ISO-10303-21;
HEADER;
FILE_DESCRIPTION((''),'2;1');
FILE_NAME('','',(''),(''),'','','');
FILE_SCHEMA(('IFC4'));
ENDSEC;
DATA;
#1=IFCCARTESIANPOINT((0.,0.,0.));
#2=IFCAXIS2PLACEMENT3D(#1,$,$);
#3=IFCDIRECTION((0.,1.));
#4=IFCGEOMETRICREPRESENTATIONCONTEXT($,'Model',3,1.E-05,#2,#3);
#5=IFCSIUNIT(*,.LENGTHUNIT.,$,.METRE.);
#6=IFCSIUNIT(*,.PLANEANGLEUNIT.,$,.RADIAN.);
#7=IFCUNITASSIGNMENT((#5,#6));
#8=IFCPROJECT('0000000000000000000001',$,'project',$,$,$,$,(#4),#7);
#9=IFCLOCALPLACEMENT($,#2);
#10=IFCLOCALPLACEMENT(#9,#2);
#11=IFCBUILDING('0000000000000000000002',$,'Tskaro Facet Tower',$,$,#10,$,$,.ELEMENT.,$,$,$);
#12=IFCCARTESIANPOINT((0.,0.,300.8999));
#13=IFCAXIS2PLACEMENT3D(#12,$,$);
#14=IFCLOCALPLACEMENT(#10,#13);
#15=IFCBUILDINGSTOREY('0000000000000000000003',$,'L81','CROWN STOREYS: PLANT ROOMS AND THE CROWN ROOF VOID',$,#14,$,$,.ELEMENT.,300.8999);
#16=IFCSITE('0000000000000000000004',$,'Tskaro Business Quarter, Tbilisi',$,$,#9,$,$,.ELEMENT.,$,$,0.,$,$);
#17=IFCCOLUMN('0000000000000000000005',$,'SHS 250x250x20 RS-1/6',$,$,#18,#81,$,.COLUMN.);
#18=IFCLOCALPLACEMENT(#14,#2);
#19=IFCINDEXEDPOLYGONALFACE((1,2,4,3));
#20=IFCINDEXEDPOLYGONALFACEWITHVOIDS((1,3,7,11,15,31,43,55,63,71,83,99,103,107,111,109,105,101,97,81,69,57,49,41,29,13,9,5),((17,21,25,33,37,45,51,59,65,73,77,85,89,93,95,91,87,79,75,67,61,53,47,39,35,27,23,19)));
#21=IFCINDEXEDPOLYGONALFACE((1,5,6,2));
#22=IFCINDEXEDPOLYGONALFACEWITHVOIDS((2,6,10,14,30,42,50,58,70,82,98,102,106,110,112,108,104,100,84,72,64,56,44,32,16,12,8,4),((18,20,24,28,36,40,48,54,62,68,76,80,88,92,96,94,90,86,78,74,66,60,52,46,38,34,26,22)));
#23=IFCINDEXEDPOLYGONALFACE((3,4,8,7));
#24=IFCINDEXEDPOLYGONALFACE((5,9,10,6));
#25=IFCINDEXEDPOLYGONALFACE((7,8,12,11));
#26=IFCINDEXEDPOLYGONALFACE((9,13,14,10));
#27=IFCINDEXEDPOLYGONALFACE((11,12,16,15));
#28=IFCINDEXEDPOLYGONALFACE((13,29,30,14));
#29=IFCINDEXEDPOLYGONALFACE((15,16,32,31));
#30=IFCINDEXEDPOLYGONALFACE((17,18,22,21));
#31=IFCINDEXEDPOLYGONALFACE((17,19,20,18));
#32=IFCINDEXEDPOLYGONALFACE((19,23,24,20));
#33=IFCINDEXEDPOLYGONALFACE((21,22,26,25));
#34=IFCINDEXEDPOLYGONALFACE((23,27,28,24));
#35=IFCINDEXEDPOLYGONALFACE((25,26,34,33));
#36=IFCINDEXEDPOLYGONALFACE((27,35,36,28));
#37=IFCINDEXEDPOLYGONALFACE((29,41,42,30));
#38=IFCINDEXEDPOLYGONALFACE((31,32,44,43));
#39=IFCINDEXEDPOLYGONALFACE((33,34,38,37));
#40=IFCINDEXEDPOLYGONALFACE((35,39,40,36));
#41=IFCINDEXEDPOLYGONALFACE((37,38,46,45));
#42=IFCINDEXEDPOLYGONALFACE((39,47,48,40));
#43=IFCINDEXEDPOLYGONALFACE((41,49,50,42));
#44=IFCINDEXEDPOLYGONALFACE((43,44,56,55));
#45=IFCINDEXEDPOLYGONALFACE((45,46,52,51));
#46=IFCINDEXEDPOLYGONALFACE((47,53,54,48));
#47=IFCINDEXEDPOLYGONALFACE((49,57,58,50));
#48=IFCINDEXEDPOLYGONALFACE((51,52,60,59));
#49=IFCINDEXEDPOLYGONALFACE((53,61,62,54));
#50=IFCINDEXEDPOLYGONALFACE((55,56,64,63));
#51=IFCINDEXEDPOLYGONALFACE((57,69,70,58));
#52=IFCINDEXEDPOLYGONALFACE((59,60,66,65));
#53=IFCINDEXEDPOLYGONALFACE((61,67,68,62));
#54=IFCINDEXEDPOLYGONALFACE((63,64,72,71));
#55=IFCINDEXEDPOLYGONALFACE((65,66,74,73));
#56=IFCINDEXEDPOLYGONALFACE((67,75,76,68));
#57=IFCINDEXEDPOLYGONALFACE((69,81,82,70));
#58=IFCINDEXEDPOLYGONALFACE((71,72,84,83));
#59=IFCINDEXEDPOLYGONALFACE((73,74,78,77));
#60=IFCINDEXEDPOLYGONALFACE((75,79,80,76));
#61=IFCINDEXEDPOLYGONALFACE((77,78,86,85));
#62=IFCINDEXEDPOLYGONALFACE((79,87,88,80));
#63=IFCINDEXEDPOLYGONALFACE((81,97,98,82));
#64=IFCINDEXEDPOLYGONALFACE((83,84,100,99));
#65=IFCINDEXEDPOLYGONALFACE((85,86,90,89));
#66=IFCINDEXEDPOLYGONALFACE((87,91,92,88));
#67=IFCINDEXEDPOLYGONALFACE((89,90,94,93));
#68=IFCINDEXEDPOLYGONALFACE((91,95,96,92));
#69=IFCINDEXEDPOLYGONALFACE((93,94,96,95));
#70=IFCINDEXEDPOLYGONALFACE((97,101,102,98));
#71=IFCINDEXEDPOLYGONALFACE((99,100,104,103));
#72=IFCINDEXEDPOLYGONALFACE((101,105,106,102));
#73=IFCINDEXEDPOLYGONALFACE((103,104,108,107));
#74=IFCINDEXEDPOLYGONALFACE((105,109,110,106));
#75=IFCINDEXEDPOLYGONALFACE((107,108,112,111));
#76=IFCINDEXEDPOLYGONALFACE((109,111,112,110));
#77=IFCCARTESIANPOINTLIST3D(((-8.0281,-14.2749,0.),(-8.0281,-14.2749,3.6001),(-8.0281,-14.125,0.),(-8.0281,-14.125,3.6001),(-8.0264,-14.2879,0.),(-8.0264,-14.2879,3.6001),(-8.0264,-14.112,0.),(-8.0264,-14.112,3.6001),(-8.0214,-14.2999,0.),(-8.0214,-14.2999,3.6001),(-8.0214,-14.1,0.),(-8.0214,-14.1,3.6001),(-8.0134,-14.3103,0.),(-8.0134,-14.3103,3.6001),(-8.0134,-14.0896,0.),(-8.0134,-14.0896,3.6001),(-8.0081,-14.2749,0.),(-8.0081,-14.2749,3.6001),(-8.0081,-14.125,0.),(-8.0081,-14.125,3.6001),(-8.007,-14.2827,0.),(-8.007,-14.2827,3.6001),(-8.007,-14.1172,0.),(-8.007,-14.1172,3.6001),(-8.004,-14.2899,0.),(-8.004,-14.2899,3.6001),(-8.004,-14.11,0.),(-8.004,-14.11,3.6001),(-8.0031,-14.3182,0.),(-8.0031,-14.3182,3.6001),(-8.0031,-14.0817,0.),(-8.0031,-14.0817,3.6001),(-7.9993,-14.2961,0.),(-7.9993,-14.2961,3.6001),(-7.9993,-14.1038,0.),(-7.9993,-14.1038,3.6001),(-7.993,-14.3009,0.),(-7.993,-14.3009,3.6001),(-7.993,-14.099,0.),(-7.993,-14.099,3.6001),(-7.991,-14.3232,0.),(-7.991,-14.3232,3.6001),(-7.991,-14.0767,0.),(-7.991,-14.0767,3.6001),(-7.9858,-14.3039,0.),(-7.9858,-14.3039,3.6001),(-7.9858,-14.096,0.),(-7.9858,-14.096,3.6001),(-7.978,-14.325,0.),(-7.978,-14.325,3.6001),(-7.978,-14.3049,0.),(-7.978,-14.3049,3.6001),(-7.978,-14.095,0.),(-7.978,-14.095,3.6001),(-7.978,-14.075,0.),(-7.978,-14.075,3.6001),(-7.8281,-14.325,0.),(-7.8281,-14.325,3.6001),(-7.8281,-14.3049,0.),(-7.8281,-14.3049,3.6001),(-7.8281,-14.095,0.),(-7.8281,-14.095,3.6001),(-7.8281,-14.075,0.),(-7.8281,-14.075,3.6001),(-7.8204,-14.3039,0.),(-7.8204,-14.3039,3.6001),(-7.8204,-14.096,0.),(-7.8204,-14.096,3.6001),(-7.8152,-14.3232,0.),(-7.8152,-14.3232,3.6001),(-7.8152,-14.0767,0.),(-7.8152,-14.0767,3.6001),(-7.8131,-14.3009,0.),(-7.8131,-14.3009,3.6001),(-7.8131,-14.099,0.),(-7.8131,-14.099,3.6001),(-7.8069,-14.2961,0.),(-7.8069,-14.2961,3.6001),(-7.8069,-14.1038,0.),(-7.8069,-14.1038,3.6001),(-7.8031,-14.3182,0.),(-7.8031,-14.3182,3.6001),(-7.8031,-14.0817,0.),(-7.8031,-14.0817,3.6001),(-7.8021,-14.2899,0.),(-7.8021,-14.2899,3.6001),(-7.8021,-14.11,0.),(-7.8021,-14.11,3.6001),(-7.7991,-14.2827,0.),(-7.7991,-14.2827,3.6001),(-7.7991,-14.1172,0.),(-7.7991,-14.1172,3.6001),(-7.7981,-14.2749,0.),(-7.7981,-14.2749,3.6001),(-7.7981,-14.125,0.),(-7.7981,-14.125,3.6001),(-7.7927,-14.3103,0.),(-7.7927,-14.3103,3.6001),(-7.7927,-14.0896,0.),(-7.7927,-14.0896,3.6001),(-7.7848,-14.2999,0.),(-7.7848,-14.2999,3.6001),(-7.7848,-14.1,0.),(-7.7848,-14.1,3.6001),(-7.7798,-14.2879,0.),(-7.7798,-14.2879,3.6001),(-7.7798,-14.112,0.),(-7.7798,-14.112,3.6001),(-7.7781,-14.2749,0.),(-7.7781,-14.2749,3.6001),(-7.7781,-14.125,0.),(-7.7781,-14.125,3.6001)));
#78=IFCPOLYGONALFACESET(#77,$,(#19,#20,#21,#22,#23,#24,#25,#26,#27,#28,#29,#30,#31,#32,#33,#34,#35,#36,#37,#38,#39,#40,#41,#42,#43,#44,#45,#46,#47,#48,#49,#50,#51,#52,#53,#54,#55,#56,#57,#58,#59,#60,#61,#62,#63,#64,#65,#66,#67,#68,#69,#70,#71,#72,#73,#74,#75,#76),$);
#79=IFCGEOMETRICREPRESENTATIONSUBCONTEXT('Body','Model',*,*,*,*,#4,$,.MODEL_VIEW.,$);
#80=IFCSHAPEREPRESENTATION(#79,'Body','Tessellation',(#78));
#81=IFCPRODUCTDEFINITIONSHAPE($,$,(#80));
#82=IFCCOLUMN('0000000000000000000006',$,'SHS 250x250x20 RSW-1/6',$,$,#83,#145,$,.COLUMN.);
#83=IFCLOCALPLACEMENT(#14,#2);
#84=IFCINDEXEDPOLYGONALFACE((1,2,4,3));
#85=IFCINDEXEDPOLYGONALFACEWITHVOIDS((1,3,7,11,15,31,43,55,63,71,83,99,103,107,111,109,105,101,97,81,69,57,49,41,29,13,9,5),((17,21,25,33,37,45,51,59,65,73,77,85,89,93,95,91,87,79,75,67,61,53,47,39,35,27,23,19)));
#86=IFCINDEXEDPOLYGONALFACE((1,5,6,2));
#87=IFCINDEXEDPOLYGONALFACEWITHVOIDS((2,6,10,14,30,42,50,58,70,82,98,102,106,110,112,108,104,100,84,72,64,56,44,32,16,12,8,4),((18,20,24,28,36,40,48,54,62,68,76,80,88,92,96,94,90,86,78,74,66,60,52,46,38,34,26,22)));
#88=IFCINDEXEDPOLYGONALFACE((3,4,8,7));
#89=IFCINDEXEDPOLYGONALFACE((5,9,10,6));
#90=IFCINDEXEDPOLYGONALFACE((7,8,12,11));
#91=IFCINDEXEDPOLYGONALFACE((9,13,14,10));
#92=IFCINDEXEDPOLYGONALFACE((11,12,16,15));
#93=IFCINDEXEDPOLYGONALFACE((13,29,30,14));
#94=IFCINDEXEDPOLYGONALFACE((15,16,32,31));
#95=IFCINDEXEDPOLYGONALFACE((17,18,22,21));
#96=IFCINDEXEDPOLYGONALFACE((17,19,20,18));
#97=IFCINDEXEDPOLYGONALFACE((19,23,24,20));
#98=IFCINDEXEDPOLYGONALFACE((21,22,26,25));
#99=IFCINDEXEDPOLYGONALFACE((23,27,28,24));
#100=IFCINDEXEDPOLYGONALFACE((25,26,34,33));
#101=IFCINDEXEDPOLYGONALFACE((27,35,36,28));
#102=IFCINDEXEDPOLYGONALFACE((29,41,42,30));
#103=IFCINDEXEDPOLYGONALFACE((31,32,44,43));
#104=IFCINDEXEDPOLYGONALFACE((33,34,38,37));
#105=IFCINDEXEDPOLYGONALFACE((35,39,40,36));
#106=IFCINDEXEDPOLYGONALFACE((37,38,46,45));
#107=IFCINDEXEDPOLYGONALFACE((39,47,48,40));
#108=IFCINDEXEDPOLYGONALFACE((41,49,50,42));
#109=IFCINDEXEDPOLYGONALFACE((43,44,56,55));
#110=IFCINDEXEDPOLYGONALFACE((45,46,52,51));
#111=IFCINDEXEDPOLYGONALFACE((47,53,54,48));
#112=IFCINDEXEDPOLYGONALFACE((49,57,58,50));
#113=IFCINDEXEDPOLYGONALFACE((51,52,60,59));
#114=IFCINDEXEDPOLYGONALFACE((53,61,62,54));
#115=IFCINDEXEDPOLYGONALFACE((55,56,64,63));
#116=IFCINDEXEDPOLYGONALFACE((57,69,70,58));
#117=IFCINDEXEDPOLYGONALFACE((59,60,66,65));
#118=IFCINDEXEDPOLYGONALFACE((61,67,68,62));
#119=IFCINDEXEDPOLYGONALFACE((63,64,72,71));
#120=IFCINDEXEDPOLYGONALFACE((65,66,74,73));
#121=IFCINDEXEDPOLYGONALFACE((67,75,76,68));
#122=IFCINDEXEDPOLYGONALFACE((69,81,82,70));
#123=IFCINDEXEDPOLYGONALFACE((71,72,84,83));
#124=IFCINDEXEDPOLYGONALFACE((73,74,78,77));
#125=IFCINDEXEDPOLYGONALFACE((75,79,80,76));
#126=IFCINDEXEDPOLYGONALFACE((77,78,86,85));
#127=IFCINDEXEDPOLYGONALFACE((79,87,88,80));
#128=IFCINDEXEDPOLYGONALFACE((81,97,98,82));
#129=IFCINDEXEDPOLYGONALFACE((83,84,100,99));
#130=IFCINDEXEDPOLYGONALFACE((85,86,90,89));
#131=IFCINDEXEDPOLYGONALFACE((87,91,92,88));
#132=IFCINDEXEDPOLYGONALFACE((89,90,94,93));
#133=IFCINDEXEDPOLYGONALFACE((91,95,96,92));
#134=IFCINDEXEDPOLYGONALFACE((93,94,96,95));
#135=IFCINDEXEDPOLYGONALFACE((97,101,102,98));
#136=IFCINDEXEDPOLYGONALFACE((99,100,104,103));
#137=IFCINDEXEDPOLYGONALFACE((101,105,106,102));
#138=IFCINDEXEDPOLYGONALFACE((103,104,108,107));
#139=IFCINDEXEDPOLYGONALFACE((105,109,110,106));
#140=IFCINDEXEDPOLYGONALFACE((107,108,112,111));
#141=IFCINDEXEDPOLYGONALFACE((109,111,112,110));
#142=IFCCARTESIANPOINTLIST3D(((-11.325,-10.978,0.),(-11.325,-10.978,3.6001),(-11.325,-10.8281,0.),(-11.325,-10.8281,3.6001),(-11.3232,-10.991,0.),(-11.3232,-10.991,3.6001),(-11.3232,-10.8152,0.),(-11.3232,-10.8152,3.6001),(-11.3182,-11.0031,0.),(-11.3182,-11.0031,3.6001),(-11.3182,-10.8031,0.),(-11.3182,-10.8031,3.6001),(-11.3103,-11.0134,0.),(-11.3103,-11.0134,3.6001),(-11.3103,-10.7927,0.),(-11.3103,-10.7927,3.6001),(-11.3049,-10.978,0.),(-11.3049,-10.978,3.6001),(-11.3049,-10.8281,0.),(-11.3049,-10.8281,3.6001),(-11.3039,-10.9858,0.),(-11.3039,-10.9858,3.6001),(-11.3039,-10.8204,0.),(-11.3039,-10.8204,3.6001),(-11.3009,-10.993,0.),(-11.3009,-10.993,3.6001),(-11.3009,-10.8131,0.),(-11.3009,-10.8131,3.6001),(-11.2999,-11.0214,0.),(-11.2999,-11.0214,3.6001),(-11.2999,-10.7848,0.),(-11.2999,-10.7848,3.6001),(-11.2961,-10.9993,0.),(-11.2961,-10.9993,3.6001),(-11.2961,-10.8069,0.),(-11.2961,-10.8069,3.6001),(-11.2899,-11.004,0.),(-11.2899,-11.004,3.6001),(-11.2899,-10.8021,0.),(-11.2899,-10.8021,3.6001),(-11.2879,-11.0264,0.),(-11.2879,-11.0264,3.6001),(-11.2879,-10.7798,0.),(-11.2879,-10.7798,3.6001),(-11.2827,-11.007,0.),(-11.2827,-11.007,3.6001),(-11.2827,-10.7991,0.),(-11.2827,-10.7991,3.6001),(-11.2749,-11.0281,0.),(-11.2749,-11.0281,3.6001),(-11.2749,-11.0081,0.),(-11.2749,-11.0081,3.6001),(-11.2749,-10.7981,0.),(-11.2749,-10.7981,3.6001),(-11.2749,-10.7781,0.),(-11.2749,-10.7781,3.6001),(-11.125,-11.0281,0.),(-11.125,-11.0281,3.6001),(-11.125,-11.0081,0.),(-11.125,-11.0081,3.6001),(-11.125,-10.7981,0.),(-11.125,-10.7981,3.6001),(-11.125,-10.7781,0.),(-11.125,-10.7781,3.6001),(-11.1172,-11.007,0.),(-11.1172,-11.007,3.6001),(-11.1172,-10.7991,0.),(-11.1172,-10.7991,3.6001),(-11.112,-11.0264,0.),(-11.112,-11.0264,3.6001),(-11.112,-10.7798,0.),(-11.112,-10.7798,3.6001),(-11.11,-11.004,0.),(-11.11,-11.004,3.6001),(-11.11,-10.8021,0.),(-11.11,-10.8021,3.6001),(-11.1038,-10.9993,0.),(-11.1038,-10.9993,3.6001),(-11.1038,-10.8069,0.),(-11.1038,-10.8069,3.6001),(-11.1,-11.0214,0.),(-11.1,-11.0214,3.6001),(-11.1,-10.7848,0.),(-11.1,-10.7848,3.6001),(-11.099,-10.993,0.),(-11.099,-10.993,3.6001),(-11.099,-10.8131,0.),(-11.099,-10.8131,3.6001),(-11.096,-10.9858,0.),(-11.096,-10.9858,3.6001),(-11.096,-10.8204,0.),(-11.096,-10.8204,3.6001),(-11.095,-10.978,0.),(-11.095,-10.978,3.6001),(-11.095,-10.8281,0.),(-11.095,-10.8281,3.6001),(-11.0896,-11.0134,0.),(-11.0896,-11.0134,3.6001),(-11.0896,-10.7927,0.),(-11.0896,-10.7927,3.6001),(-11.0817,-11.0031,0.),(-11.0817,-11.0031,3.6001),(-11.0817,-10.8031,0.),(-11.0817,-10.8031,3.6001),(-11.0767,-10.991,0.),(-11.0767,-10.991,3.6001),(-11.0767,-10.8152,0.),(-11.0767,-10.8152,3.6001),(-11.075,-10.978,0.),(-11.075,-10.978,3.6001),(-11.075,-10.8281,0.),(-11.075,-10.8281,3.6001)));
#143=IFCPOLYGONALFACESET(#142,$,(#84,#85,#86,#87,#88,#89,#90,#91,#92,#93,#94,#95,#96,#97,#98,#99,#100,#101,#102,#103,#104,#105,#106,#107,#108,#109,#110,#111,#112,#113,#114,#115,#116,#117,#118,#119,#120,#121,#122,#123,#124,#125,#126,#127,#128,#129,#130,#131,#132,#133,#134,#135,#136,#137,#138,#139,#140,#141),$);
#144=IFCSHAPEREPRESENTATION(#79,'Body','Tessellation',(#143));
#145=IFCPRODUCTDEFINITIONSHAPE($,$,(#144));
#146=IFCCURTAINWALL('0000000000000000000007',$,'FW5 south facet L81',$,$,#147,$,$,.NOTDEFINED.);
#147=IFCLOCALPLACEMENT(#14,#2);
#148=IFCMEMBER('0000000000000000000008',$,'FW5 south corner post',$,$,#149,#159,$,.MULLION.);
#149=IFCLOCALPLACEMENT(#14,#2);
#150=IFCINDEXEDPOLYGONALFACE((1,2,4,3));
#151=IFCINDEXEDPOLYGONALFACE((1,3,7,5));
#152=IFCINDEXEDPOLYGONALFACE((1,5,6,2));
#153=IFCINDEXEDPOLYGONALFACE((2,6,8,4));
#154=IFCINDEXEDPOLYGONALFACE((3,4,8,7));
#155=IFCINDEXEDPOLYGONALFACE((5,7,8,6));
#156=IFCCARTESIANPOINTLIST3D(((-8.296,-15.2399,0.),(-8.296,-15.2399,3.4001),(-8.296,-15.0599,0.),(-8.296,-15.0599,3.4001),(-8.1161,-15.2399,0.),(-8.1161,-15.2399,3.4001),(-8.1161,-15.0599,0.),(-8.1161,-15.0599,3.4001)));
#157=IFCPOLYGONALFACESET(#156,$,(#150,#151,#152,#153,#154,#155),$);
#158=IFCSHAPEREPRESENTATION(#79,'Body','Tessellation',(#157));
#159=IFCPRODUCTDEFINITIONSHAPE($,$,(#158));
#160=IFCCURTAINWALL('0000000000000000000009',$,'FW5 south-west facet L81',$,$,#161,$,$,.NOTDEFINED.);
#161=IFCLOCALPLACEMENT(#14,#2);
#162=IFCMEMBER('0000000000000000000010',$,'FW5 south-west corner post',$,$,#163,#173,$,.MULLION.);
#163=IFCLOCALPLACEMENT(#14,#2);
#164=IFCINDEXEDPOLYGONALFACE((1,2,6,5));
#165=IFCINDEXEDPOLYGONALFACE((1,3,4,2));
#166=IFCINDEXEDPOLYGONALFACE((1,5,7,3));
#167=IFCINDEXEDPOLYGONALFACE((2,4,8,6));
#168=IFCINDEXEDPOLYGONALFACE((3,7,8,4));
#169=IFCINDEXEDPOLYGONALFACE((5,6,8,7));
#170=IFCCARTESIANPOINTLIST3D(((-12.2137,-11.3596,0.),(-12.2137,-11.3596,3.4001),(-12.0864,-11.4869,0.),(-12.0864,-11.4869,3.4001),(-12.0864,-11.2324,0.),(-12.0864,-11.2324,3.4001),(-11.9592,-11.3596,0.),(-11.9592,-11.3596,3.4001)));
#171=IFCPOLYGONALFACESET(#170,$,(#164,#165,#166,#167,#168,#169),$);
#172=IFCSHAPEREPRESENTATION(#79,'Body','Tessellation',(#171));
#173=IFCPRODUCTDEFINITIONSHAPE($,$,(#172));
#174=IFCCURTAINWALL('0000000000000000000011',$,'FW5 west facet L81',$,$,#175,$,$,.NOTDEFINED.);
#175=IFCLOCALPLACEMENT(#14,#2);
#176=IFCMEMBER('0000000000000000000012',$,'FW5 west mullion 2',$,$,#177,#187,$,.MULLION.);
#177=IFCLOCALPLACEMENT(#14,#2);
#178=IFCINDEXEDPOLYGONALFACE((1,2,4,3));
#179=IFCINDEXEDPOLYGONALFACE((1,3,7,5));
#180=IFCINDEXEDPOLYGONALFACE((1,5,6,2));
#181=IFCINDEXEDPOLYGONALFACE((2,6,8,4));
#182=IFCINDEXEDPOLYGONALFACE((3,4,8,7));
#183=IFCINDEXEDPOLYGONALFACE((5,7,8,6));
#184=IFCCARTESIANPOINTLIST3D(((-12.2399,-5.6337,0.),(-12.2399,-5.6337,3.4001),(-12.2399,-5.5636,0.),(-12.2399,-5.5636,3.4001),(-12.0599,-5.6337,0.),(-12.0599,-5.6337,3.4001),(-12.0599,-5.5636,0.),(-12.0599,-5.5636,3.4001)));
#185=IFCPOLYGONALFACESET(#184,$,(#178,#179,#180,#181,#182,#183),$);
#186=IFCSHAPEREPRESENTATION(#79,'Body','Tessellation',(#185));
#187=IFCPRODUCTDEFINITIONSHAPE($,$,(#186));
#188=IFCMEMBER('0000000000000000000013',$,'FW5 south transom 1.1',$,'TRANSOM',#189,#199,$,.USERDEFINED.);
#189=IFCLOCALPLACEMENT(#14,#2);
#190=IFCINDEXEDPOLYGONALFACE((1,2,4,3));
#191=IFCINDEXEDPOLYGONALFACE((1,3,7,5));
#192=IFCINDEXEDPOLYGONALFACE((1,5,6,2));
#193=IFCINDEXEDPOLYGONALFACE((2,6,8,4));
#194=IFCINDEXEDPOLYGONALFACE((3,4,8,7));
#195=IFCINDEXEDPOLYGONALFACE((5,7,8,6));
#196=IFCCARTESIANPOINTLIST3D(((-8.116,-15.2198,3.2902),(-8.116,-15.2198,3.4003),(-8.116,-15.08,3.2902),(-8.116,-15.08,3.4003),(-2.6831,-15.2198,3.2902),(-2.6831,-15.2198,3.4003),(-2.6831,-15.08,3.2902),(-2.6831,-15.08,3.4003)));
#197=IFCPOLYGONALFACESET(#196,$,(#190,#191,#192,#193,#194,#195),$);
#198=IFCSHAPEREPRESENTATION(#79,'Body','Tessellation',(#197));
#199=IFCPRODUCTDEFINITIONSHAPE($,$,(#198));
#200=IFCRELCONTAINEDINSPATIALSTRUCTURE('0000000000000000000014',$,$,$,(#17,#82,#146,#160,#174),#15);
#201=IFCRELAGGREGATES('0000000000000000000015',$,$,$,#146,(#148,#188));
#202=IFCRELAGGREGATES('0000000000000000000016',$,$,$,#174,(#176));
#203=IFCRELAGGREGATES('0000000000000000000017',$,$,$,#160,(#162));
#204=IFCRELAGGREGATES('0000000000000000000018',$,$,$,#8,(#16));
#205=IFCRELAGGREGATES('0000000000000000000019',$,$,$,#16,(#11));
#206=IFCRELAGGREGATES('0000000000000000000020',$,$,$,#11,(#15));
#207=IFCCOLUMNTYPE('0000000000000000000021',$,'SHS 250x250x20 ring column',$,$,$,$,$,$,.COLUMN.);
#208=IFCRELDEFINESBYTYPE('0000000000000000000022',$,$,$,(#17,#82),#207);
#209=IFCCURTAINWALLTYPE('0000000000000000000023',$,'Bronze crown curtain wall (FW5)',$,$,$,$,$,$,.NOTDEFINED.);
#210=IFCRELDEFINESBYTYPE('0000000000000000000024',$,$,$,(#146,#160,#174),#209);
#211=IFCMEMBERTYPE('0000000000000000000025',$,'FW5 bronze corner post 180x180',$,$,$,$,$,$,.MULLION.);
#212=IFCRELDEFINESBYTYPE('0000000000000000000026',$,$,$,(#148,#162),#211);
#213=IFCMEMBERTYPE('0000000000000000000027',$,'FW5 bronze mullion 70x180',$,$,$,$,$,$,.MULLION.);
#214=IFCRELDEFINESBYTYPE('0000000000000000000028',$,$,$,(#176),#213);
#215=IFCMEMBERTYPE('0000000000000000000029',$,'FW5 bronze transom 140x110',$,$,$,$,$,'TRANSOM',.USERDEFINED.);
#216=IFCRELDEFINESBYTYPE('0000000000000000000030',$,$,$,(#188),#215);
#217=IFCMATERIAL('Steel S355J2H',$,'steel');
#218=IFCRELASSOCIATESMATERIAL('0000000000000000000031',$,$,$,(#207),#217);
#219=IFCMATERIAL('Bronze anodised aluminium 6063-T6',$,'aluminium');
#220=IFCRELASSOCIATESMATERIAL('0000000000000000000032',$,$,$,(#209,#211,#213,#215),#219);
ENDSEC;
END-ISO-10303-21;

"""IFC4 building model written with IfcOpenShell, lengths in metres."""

from ifc_helpers import new_model, si_unit, direction, frame, origin, origin_2d, place, context, subcontext, project, spatial, rectangle, hollow_rectangle, extrude, material, material_profile, profile_set, type_object, element, aggregate, save


model = new_model("IFC4")

# Units and contexts
model_context = context("Model", 3, precision=1e-05, world=origin(), true_north=direction((0.0, 1.0)))
body_context = subcontext(model_context, "Body", "Model", "MODEL_VIEW")
ifc_project = project(units=[si_unit("LENGTHUNIT", "METRE"), si_unit("PLANEANGLEUNIT", "RADIAN")], contexts=[model_context])

# Site, building, storey
site_placement = place(None, origin())
site = spatial("IfcSite", under=ifc_project, at=site_placement, Name="Tskaro Business Quarter, Tbilisi", CompositionType="ELEMENT", RefElevation=0.0)
building_placement = place(site_placement, origin())
building = spatial("IfcBuilding", under=site, at=building_placement, Name="Tskaro Facet Tower", CompositionType="ELEMENT")
storey_placement = place(building_placement, frame((0.0, 0.0, 300.8999)))
storey = spatial("IfcBuildingStorey", under=building, at=storey_placement, Name="L81", Description="CROWN STOREYS: PLANT ROOMS AND THE CROWN ROOF VOID", CompositionType="ELEMENT", Elevation=300.8999)

# Columns
ifc_material_1 = material(Name="Steel S355J2H", Category="steel")
ifc_material_profile_1 = material_profile(ifc_material_1, hollow_rectangle(XDim=0.25, YDim=0.25, WallThickness=0.02, InnerFilletRadius=0.03, OuterFilletRadius=0.05, at=origin_2d()), Name="SHS 250x250x20")
ifc_profile_set_1 = profile_set([ifc_material_profile_1], Name="Steel S355J2H")
column_type = type_object("IfcColumnType", Name="SHS 250x250x20 ring column", PredefinedType="COLUMN", material=ifc_profile_set_1)
for number, where, z_axis, x_axis, name in (
    (1, (-7.9031, -14.2, 0.0), (0.0, 0.0, 1.0), (1.0, 0.0, 0.0), "SHS 250x250x20 RS-1/6"),
    (2, (-11.2, -10.9031, 0.0), (0.0, 0.0, 1.0), (1.0, 0.0, 0.0), "SHS 250x250x20 RSW-1/6"),
):
    element("IfcColumn", number, at=place(storey_placement, frame(where, z_axis=z_axis, x_axis=x_axis)), inside=storey, type_object=column_type, Name=name, PredefinedType="COLUMN", context=body_context, shape_type="SweptSolid", body=[
        extrude(hollow_rectangle(XDim=0.25, YDim=0.25, WallThickness=0.02, InnerFilletRadius=0.03, OuterFilletRadius=0.05, at=origin_2d()), origin(), (0.0, 0.0, 1.0), 3.6001),
    ])

# Curtain walls, members
ifc_material_2 = material(Name="Bronze anodised aluminium 6063-T6", Category="aluminium")
curtain_wall_type = type_object("IfcCurtainWallType", Name="Bronze crown curtain wall (FW5)", PredefinedType="NOTDEFINED", material=ifc_material_2)
curtain_wall_1_placement = place(storey_placement, origin())
curtain_wall_1 = element("IfcCurtainWall", 3, at=curtain_wall_1_placement, inside=storey, type_object=curtain_wall_type, Name="FW5 south facet L81", PredefinedType="NOTDEFINED")
ifc_material_profile_2 = material_profile(ifc_material_2, rectangle(XDim=0.1799, YDim=0.1799, at=origin_2d()), Name="Corner post 180x180")
ifc_profile_set_2 = profile_set([ifc_material_profile_2], Name="Bronze anodised aluminium 6063-T6")
member_type_1 = type_object("IfcMemberType", Name="FW5 bronze corner post 180x180", PredefinedType="MULLION", material=ifc_profile_set_2)
member_1_placement = place(storey_placement, frame((-8.2061, -15.1499, 0.0), z_axis=(0.0, 0.0, 1.0), x_axis=(1.0, 0.0, 0.0)))
member_1 = element("IfcMember", 4, at=member_1_placement, type_object=member_type_1, Name="FW5 south corner post", PredefinedType="MULLION", context=body_context, shape_type="SweptSolid", body=[
    extrude(rectangle(XDim=0.1799, YDim=0.1799, at=origin_2d()), origin(), (0.0, 0.0, 1.0), 3.4001),
])
curtain_wall_2_placement = place(storey_placement, origin())
curtain_wall_2 = element("IfcCurtainWall", 5, at=curtain_wall_2_placement, inside=storey, type_object=curtain_wall_type, Name="FW5 south-west facet L81", PredefinedType="NOTDEFINED")
member_2_placement = place(storey_placement, frame((-12.0864, -11.3596, 0.0), z_axis=(0.0, 0.0, 1.0), x_axis=(0.707107, -0.707107, 0.0)))
member_2 = element("IfcMember", 6, at=member_2_placement, type_object=member_type_1, Name="FW5 south-west corner post", PredefinedType="MULLION", context=body_context, shape_type="SweptSolid", body=[
    extrude(rectangle(XDim=0.1799, YDim=0.1799, at=origin_2d()), origin(), (0.0, 0.0, 1.0), 3.4001),
])
curtain_wall_3_placement = place(storey_placement, origin())
curtain_wall_3 = element("IfcCurtainWall", 7, at=curtain_wall_3_placement, inside=storey, type_object=curtain_wall_type, Name="FW5 west facet L81", PredefinedType="NOTDEFINED")
ifc_material_profile_3 = material_profile(ifc_material_2, rectangle(XDim=0.0701, YDim=0.1799, at=origin_2d()), Name="Mullion 70x180")
ifc_profile_set_3 = profile_set([ifc_material_profile_3], Name="Bronze anodised aluminium 6063-T6")
member_type_2 = type_object("IfcMemberType", Name="FW5 bronze mullion 70x180", PredefinedType="MULLION", material=ifc_profile_set_3)
member_3_placement = place(storey_placement, frame((-12.1499, -5.5986, 0.0), z_axis=(0.0, 0.0, 1.0), x_axis=(0.0, -1.0, 0.0)))
member_3 = element("IfcMember", 8, at=member_3_placement, type_object=member_type_2, Name="FW5 west mullion 2", PredefinedType="MULLION", context=body_context, shape_type="SweptSolid", body=[
    extrude(rectangle(XDim=0.0701, YDim=0.1799, at=origin_2d()), origin(), (0.0, 0.0, 1.0), 3.4001),
])

# Member
ifc_material_profile_4 = material_profile(ifc_material_2, rectangle(XDim=0.1399, YDim=0.1101, at=origin_2d()), Name="Transom 140x110")
ifc_profile_set_4 = profile_set([ifc_material_profile_4], Name="Bronze anodised aluminium 6063-T6")
member_type_3 = type_object("IfcMemberType", Name="FW5 bronze transom 140x110", ElementType="TRANSOM", PredefinedType="USERDEFINED", material=ifc_profile_set_4)
member_4_placement = place(storey_placement, frame((-8.116, -15.1499, 3.3452), z_axis=(1.0, 0.0, 0.0), x_axis=(0.0, 1.0, 0.0)))
member_4 = element("IfcMember", 9, at=member_4_placement, type_object=member_type_3, Name="FW5 south transom 1.1", ObjectType="TRANSOM", PredefinedType="USERDEFINED", context=body_context, shape_type="SweptSolid", body=[
    extrude(rectangle(XDim=0.1399, YDim=0.1101, at=origin_2d()), origin(), (0.0, 0.0, 1.0), 5.4329),
])
aggregate(curtain_wall_1, [member_1, member_4])

aggregate(curtain_wall_3, [member_3])
aggregate(curtain_wall_2, [member_2])

save(model, "model.ifc")
